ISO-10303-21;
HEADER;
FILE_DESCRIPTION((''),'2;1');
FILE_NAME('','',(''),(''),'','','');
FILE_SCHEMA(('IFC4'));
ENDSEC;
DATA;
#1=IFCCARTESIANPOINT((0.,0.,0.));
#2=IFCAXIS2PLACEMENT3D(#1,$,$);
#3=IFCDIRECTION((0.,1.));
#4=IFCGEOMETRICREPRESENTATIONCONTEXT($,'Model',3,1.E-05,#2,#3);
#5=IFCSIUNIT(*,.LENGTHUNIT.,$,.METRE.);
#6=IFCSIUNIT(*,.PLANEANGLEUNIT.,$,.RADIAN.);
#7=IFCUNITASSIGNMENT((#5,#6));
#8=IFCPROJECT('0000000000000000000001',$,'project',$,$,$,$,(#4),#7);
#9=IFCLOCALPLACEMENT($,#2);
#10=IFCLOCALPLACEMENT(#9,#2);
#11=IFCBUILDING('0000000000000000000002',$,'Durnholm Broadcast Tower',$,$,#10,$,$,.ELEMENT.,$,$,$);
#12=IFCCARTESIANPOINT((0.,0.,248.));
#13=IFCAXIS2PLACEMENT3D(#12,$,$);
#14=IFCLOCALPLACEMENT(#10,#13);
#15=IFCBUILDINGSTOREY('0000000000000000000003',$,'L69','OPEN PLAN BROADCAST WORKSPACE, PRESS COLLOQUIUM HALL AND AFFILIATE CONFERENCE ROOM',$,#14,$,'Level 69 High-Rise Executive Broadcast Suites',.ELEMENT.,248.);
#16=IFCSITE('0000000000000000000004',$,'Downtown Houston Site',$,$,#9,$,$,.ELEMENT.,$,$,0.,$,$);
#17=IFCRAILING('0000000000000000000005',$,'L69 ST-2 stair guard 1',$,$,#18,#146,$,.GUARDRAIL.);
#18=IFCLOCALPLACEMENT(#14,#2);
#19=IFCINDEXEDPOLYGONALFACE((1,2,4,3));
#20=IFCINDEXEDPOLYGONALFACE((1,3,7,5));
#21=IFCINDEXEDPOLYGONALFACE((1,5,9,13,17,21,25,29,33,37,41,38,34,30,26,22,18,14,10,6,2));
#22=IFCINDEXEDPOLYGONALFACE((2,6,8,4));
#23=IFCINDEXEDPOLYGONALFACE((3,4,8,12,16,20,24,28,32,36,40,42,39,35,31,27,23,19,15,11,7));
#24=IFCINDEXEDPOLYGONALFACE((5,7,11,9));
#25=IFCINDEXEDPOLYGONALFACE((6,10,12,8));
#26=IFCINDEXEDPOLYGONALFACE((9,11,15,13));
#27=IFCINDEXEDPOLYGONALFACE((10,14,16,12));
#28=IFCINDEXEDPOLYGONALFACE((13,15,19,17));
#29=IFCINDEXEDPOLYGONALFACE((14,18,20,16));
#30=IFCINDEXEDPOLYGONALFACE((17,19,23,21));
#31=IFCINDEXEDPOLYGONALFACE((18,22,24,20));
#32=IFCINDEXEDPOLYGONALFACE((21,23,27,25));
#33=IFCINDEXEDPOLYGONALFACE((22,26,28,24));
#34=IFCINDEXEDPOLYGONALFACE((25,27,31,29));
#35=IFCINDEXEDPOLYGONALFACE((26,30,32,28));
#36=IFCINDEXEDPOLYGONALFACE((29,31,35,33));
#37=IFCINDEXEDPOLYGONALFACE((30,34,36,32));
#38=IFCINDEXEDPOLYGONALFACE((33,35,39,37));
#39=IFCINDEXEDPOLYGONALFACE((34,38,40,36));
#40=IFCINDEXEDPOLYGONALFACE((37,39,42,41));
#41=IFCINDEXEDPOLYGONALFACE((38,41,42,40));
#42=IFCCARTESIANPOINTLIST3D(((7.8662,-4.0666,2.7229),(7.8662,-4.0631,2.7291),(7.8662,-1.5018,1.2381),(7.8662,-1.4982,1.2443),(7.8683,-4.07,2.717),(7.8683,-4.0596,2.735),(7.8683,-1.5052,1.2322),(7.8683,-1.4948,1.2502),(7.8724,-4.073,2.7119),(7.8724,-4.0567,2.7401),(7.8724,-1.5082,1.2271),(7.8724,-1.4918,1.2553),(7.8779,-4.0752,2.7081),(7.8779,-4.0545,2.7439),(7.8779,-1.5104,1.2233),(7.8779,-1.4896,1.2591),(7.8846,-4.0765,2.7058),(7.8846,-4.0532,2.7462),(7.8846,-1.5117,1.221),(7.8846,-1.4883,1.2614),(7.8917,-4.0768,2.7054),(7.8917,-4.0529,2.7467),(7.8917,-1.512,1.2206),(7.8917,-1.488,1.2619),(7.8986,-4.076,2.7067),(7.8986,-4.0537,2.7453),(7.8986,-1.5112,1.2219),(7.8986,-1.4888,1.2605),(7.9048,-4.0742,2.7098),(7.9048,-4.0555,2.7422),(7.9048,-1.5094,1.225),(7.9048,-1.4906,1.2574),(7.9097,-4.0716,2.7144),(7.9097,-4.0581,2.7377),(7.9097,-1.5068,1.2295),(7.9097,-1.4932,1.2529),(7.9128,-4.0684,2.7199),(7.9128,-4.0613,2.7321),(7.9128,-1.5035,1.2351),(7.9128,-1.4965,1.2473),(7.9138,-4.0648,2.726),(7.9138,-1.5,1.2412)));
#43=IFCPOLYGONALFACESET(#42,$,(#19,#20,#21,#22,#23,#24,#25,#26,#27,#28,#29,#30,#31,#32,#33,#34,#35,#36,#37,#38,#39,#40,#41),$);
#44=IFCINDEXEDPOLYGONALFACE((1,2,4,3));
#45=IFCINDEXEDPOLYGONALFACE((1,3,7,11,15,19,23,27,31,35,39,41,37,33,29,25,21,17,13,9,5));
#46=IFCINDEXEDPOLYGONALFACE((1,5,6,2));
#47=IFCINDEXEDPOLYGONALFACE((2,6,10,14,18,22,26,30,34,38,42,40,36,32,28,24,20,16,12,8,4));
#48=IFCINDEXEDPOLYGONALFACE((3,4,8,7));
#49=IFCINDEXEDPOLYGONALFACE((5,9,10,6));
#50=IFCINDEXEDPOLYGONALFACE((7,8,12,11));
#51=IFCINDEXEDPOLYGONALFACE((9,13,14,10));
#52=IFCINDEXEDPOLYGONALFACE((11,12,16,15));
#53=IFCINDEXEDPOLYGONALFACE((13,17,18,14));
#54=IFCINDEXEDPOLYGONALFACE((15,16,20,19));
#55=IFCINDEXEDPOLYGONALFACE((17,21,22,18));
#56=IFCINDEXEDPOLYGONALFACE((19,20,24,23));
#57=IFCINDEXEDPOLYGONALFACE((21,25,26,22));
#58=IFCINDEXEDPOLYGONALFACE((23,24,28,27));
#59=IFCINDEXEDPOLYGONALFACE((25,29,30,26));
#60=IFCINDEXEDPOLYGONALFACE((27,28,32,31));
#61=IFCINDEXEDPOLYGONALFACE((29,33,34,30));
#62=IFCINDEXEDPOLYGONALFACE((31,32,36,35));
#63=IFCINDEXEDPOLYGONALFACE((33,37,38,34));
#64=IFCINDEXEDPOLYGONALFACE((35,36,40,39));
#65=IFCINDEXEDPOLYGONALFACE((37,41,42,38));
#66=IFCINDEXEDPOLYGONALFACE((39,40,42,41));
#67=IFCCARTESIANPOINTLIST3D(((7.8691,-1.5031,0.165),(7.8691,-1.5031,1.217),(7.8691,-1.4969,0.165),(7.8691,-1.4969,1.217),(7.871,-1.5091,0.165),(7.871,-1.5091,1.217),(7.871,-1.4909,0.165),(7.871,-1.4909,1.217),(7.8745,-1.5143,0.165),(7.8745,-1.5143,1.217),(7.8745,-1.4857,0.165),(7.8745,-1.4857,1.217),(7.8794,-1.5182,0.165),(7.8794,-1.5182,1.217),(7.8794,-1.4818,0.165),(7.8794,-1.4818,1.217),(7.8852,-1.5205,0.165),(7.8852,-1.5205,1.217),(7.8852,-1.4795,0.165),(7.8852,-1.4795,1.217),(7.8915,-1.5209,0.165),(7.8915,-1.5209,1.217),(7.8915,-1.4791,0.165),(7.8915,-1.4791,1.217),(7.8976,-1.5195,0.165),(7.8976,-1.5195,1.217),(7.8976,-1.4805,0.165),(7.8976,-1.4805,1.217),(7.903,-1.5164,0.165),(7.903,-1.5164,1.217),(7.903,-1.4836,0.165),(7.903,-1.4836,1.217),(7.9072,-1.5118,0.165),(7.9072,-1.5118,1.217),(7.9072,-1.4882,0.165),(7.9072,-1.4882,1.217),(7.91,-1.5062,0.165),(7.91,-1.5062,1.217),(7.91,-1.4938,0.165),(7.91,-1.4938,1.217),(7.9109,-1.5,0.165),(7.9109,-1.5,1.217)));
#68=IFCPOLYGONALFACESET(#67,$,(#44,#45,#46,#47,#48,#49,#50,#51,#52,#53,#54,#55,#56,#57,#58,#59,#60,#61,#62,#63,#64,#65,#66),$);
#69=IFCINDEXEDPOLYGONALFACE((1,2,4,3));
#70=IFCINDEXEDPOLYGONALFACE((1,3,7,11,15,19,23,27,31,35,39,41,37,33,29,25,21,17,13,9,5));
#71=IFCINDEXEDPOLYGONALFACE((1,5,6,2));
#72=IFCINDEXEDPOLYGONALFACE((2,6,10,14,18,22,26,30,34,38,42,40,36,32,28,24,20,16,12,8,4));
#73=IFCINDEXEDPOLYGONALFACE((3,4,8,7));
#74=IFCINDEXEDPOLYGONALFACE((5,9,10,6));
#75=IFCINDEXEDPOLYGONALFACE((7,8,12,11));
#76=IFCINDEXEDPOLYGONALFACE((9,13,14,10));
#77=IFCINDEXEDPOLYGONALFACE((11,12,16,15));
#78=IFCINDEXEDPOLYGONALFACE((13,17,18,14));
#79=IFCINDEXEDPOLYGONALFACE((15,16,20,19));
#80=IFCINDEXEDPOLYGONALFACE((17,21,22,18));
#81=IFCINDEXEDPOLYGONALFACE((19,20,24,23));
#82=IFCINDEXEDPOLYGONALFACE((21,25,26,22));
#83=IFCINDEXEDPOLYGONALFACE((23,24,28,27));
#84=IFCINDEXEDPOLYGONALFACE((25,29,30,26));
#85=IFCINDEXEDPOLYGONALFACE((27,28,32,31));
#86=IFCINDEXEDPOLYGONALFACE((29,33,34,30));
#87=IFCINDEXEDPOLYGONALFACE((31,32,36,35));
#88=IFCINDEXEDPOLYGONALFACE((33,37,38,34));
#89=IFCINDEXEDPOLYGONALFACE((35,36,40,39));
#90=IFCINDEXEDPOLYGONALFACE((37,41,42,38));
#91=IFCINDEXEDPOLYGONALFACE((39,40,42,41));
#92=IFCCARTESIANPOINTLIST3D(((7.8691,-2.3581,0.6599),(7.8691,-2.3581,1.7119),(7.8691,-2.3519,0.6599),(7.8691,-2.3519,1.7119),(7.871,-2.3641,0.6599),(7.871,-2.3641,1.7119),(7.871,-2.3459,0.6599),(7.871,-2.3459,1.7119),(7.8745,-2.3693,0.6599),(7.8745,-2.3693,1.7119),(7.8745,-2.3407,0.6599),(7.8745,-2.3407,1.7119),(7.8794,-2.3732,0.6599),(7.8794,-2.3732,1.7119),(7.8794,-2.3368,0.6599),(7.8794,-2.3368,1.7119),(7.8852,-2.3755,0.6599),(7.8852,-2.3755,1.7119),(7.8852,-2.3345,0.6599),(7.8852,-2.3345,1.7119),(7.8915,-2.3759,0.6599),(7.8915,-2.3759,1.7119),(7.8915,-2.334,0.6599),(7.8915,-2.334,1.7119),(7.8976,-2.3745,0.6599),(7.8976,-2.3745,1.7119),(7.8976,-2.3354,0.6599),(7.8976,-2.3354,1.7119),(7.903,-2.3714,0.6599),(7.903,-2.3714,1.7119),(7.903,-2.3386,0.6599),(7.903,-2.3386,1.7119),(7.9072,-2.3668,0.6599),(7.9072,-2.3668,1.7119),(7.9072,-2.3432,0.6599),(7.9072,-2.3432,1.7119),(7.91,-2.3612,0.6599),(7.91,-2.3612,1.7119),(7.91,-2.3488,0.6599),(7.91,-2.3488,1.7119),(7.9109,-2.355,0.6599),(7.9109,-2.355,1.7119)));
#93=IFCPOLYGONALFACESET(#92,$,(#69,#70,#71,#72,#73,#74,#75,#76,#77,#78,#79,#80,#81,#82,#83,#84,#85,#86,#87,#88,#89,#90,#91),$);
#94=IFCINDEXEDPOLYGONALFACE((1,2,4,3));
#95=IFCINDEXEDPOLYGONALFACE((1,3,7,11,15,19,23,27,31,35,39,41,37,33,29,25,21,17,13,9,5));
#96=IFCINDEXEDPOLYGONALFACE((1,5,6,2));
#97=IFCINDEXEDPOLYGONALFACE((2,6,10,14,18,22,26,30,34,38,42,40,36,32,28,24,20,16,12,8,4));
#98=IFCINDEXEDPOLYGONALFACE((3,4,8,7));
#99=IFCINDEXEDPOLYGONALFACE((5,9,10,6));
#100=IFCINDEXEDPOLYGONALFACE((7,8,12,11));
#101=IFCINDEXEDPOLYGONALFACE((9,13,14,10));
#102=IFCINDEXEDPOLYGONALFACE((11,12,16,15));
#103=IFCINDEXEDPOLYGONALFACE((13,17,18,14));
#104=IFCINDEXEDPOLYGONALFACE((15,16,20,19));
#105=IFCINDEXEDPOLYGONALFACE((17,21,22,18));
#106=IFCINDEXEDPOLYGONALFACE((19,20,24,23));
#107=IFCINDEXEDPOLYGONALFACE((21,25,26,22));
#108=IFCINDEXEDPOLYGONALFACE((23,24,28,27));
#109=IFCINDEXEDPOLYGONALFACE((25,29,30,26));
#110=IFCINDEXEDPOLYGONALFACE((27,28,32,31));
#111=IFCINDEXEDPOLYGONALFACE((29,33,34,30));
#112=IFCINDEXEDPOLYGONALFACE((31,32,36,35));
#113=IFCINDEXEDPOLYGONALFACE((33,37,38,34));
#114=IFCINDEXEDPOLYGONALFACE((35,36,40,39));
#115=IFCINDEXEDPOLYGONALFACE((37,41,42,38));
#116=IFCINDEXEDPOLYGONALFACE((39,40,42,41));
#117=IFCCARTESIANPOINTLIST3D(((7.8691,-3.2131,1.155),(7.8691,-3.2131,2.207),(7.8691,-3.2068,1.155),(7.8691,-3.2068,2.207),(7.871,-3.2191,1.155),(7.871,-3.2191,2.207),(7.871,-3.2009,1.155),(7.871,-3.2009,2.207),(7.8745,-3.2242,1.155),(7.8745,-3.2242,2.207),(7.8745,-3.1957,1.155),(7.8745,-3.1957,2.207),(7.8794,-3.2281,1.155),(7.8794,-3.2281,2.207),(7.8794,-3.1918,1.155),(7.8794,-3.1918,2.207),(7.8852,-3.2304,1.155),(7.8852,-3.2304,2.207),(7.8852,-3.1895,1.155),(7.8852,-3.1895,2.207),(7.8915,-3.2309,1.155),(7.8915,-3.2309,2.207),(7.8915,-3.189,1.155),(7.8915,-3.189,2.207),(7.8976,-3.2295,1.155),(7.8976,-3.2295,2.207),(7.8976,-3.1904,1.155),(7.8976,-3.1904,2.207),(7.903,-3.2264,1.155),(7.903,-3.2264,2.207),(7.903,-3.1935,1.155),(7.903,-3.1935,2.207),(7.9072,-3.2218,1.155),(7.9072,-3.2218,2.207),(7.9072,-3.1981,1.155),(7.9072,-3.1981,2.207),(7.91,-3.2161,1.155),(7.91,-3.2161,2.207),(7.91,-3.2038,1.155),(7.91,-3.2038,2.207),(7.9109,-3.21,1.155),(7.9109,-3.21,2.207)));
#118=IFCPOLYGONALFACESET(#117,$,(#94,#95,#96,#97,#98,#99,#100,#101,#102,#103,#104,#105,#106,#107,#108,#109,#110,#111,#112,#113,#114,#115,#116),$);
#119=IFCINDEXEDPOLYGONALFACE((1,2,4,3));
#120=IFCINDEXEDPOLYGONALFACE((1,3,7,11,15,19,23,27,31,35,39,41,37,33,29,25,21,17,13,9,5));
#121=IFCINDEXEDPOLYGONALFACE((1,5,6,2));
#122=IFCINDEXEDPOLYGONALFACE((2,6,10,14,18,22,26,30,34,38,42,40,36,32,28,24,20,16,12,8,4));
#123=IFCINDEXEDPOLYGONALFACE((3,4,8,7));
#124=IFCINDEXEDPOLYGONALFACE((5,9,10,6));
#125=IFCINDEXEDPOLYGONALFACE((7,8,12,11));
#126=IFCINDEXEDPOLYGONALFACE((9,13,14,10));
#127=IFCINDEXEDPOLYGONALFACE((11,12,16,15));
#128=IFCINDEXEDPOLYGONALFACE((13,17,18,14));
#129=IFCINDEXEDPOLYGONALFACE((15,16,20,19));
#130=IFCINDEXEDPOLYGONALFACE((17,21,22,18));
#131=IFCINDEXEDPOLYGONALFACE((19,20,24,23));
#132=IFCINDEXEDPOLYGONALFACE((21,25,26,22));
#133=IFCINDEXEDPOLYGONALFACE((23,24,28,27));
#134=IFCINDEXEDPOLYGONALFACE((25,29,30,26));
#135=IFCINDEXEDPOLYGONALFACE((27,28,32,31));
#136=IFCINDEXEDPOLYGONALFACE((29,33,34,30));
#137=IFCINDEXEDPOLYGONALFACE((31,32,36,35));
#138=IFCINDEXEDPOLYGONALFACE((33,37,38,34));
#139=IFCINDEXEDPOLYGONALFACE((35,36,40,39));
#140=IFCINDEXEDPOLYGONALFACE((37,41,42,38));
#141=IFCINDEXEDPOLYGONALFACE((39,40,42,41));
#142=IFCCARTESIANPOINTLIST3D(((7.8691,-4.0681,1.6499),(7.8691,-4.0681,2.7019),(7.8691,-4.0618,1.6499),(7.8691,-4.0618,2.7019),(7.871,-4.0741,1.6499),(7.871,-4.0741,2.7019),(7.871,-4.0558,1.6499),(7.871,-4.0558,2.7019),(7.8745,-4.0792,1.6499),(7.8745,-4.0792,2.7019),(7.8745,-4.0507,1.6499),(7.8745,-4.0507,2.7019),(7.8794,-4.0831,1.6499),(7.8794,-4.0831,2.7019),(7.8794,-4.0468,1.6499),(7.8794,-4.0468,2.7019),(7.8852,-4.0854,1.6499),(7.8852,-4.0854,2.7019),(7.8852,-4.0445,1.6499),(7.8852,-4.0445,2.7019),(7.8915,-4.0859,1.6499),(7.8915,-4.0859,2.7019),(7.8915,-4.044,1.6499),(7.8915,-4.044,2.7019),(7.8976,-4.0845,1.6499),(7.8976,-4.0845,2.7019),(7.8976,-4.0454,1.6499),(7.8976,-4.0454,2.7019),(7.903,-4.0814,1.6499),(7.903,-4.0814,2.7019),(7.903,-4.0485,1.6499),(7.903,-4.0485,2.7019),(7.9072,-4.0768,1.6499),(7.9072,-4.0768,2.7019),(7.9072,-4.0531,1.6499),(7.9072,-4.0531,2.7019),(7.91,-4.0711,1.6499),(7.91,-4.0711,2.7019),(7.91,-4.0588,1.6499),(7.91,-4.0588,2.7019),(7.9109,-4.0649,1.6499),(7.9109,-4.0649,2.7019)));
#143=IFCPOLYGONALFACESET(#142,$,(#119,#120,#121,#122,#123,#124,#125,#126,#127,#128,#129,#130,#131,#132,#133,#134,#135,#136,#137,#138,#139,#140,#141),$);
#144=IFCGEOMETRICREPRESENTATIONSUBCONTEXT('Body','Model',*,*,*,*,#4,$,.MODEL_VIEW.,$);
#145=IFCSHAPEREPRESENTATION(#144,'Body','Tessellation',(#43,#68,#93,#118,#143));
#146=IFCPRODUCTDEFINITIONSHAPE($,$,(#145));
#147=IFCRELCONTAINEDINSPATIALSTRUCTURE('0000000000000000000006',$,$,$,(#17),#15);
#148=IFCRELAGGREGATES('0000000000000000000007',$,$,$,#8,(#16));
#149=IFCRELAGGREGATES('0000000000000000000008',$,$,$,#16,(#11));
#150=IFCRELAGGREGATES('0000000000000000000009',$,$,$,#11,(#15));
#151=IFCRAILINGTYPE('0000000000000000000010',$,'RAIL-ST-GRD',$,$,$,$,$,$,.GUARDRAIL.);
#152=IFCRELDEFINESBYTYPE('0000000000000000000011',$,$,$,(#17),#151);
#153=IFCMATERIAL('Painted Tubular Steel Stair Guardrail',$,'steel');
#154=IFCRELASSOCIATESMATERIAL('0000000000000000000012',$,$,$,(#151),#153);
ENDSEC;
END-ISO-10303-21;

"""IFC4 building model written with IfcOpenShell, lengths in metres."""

from ifc_helpers import new_model, si_unit, direction, frame, origin, origin_2d, place, context, subcontext, project, spatial, circle, extrude, material, type_object, element, save


model = new_model("IFC4")

# Units and contexts
model_context = context("Model", 3, precision=1e-05, world=origin(), true_north=direction((0.0, 1.0)))
body_context = subcontext(model_context, "Body", "Model", "MODEL_VIEW")
ifc_project = project(units=[si_unit("LENGTHUNIT", "METRE"), si_unit("PLANEANGLEUNIT", "RADIAN")], contexts=[model_context])

# Site, building, storey
site_placement = place(None, origin())
site = spatial("IfcSite", under=ifc_project, at=site_placement, Name="Downtown Houston Site", CompositionType="ELEMENT", RefElevation=0.0)
building_placement = place(site_placement, origin())
building = spatial("IfcBuilding", under=site, at=building_placement, Name="Durnholm Broadcast Tower", CompositionType="ELEMENT")
storey_placement = place(building_placement, frame((0.0, 0.0, 248.0)))
storey = spatial("IfcBuildingStorey", under=building, at=storey_placement, Name="L69", Description="OPEN PLAN BROADCAST WORKSPACE, PRESS COLLOQUIUM HALL AND AFFILIATE CONFERENCE ROOM", LongName="Level 69 High-Rise Executive Broadcast Suites", CompositionType="ELEMENT", Elevation=248.0)

# Railing
ifc_material_1 = material(Name="Painted Tubular Steel Stair Guardrail", Category="steel")
railing_type_1 = type_object("IfcRailingType", Name="RAIL-ST-GRD", PredefinedType="GUARDRAIL", material=ifc_material_1)
railing_1_placement = place(storey_placement, frame((7.8899, -1.5, 0.165)))
element("IfcRailing", 1, at=railing_1_placement, inside=storey, type_object=railing_type_1, Name="L69 ST-2 stair guard 1", PredefinedType="GUARDRAIL", context=body_context, shape_type="SweptSolid", body=[
    extrude(circle(Radius=0.0239, at=origin_2d()), frame((0.0, 0.0, 1.0762), z_axis=(0.0, -0.865441, 0.50101), x_axis=(1.0, 0.0, 0.0)), (0.0, 0.0, 1.0), 2.9636),
    extrude(circle(Radius=0.021, at=origin_2d()), origin(), (0.0, 0.0, 1.0), 1.052),
    extrude(circle(Radius=0.021, at=origin_2d()), frame((0.0, -0.855, 0.4949)), (0.0, 0.0, 1.0), 1.052),
    extrude(circle(Radius=0.021, at=origin_2d()), frame((0.0, -1.71, 0.99)), (0.0, 0.0, 1.0), 1.052),
    extrude(circle(Radius=0.021, at=origin_2d()), frame((0.0, -2.5649, 1.4849)), (0.0, 0.0, 1.0), 1.052),
])

save(model, "model.ifc")
